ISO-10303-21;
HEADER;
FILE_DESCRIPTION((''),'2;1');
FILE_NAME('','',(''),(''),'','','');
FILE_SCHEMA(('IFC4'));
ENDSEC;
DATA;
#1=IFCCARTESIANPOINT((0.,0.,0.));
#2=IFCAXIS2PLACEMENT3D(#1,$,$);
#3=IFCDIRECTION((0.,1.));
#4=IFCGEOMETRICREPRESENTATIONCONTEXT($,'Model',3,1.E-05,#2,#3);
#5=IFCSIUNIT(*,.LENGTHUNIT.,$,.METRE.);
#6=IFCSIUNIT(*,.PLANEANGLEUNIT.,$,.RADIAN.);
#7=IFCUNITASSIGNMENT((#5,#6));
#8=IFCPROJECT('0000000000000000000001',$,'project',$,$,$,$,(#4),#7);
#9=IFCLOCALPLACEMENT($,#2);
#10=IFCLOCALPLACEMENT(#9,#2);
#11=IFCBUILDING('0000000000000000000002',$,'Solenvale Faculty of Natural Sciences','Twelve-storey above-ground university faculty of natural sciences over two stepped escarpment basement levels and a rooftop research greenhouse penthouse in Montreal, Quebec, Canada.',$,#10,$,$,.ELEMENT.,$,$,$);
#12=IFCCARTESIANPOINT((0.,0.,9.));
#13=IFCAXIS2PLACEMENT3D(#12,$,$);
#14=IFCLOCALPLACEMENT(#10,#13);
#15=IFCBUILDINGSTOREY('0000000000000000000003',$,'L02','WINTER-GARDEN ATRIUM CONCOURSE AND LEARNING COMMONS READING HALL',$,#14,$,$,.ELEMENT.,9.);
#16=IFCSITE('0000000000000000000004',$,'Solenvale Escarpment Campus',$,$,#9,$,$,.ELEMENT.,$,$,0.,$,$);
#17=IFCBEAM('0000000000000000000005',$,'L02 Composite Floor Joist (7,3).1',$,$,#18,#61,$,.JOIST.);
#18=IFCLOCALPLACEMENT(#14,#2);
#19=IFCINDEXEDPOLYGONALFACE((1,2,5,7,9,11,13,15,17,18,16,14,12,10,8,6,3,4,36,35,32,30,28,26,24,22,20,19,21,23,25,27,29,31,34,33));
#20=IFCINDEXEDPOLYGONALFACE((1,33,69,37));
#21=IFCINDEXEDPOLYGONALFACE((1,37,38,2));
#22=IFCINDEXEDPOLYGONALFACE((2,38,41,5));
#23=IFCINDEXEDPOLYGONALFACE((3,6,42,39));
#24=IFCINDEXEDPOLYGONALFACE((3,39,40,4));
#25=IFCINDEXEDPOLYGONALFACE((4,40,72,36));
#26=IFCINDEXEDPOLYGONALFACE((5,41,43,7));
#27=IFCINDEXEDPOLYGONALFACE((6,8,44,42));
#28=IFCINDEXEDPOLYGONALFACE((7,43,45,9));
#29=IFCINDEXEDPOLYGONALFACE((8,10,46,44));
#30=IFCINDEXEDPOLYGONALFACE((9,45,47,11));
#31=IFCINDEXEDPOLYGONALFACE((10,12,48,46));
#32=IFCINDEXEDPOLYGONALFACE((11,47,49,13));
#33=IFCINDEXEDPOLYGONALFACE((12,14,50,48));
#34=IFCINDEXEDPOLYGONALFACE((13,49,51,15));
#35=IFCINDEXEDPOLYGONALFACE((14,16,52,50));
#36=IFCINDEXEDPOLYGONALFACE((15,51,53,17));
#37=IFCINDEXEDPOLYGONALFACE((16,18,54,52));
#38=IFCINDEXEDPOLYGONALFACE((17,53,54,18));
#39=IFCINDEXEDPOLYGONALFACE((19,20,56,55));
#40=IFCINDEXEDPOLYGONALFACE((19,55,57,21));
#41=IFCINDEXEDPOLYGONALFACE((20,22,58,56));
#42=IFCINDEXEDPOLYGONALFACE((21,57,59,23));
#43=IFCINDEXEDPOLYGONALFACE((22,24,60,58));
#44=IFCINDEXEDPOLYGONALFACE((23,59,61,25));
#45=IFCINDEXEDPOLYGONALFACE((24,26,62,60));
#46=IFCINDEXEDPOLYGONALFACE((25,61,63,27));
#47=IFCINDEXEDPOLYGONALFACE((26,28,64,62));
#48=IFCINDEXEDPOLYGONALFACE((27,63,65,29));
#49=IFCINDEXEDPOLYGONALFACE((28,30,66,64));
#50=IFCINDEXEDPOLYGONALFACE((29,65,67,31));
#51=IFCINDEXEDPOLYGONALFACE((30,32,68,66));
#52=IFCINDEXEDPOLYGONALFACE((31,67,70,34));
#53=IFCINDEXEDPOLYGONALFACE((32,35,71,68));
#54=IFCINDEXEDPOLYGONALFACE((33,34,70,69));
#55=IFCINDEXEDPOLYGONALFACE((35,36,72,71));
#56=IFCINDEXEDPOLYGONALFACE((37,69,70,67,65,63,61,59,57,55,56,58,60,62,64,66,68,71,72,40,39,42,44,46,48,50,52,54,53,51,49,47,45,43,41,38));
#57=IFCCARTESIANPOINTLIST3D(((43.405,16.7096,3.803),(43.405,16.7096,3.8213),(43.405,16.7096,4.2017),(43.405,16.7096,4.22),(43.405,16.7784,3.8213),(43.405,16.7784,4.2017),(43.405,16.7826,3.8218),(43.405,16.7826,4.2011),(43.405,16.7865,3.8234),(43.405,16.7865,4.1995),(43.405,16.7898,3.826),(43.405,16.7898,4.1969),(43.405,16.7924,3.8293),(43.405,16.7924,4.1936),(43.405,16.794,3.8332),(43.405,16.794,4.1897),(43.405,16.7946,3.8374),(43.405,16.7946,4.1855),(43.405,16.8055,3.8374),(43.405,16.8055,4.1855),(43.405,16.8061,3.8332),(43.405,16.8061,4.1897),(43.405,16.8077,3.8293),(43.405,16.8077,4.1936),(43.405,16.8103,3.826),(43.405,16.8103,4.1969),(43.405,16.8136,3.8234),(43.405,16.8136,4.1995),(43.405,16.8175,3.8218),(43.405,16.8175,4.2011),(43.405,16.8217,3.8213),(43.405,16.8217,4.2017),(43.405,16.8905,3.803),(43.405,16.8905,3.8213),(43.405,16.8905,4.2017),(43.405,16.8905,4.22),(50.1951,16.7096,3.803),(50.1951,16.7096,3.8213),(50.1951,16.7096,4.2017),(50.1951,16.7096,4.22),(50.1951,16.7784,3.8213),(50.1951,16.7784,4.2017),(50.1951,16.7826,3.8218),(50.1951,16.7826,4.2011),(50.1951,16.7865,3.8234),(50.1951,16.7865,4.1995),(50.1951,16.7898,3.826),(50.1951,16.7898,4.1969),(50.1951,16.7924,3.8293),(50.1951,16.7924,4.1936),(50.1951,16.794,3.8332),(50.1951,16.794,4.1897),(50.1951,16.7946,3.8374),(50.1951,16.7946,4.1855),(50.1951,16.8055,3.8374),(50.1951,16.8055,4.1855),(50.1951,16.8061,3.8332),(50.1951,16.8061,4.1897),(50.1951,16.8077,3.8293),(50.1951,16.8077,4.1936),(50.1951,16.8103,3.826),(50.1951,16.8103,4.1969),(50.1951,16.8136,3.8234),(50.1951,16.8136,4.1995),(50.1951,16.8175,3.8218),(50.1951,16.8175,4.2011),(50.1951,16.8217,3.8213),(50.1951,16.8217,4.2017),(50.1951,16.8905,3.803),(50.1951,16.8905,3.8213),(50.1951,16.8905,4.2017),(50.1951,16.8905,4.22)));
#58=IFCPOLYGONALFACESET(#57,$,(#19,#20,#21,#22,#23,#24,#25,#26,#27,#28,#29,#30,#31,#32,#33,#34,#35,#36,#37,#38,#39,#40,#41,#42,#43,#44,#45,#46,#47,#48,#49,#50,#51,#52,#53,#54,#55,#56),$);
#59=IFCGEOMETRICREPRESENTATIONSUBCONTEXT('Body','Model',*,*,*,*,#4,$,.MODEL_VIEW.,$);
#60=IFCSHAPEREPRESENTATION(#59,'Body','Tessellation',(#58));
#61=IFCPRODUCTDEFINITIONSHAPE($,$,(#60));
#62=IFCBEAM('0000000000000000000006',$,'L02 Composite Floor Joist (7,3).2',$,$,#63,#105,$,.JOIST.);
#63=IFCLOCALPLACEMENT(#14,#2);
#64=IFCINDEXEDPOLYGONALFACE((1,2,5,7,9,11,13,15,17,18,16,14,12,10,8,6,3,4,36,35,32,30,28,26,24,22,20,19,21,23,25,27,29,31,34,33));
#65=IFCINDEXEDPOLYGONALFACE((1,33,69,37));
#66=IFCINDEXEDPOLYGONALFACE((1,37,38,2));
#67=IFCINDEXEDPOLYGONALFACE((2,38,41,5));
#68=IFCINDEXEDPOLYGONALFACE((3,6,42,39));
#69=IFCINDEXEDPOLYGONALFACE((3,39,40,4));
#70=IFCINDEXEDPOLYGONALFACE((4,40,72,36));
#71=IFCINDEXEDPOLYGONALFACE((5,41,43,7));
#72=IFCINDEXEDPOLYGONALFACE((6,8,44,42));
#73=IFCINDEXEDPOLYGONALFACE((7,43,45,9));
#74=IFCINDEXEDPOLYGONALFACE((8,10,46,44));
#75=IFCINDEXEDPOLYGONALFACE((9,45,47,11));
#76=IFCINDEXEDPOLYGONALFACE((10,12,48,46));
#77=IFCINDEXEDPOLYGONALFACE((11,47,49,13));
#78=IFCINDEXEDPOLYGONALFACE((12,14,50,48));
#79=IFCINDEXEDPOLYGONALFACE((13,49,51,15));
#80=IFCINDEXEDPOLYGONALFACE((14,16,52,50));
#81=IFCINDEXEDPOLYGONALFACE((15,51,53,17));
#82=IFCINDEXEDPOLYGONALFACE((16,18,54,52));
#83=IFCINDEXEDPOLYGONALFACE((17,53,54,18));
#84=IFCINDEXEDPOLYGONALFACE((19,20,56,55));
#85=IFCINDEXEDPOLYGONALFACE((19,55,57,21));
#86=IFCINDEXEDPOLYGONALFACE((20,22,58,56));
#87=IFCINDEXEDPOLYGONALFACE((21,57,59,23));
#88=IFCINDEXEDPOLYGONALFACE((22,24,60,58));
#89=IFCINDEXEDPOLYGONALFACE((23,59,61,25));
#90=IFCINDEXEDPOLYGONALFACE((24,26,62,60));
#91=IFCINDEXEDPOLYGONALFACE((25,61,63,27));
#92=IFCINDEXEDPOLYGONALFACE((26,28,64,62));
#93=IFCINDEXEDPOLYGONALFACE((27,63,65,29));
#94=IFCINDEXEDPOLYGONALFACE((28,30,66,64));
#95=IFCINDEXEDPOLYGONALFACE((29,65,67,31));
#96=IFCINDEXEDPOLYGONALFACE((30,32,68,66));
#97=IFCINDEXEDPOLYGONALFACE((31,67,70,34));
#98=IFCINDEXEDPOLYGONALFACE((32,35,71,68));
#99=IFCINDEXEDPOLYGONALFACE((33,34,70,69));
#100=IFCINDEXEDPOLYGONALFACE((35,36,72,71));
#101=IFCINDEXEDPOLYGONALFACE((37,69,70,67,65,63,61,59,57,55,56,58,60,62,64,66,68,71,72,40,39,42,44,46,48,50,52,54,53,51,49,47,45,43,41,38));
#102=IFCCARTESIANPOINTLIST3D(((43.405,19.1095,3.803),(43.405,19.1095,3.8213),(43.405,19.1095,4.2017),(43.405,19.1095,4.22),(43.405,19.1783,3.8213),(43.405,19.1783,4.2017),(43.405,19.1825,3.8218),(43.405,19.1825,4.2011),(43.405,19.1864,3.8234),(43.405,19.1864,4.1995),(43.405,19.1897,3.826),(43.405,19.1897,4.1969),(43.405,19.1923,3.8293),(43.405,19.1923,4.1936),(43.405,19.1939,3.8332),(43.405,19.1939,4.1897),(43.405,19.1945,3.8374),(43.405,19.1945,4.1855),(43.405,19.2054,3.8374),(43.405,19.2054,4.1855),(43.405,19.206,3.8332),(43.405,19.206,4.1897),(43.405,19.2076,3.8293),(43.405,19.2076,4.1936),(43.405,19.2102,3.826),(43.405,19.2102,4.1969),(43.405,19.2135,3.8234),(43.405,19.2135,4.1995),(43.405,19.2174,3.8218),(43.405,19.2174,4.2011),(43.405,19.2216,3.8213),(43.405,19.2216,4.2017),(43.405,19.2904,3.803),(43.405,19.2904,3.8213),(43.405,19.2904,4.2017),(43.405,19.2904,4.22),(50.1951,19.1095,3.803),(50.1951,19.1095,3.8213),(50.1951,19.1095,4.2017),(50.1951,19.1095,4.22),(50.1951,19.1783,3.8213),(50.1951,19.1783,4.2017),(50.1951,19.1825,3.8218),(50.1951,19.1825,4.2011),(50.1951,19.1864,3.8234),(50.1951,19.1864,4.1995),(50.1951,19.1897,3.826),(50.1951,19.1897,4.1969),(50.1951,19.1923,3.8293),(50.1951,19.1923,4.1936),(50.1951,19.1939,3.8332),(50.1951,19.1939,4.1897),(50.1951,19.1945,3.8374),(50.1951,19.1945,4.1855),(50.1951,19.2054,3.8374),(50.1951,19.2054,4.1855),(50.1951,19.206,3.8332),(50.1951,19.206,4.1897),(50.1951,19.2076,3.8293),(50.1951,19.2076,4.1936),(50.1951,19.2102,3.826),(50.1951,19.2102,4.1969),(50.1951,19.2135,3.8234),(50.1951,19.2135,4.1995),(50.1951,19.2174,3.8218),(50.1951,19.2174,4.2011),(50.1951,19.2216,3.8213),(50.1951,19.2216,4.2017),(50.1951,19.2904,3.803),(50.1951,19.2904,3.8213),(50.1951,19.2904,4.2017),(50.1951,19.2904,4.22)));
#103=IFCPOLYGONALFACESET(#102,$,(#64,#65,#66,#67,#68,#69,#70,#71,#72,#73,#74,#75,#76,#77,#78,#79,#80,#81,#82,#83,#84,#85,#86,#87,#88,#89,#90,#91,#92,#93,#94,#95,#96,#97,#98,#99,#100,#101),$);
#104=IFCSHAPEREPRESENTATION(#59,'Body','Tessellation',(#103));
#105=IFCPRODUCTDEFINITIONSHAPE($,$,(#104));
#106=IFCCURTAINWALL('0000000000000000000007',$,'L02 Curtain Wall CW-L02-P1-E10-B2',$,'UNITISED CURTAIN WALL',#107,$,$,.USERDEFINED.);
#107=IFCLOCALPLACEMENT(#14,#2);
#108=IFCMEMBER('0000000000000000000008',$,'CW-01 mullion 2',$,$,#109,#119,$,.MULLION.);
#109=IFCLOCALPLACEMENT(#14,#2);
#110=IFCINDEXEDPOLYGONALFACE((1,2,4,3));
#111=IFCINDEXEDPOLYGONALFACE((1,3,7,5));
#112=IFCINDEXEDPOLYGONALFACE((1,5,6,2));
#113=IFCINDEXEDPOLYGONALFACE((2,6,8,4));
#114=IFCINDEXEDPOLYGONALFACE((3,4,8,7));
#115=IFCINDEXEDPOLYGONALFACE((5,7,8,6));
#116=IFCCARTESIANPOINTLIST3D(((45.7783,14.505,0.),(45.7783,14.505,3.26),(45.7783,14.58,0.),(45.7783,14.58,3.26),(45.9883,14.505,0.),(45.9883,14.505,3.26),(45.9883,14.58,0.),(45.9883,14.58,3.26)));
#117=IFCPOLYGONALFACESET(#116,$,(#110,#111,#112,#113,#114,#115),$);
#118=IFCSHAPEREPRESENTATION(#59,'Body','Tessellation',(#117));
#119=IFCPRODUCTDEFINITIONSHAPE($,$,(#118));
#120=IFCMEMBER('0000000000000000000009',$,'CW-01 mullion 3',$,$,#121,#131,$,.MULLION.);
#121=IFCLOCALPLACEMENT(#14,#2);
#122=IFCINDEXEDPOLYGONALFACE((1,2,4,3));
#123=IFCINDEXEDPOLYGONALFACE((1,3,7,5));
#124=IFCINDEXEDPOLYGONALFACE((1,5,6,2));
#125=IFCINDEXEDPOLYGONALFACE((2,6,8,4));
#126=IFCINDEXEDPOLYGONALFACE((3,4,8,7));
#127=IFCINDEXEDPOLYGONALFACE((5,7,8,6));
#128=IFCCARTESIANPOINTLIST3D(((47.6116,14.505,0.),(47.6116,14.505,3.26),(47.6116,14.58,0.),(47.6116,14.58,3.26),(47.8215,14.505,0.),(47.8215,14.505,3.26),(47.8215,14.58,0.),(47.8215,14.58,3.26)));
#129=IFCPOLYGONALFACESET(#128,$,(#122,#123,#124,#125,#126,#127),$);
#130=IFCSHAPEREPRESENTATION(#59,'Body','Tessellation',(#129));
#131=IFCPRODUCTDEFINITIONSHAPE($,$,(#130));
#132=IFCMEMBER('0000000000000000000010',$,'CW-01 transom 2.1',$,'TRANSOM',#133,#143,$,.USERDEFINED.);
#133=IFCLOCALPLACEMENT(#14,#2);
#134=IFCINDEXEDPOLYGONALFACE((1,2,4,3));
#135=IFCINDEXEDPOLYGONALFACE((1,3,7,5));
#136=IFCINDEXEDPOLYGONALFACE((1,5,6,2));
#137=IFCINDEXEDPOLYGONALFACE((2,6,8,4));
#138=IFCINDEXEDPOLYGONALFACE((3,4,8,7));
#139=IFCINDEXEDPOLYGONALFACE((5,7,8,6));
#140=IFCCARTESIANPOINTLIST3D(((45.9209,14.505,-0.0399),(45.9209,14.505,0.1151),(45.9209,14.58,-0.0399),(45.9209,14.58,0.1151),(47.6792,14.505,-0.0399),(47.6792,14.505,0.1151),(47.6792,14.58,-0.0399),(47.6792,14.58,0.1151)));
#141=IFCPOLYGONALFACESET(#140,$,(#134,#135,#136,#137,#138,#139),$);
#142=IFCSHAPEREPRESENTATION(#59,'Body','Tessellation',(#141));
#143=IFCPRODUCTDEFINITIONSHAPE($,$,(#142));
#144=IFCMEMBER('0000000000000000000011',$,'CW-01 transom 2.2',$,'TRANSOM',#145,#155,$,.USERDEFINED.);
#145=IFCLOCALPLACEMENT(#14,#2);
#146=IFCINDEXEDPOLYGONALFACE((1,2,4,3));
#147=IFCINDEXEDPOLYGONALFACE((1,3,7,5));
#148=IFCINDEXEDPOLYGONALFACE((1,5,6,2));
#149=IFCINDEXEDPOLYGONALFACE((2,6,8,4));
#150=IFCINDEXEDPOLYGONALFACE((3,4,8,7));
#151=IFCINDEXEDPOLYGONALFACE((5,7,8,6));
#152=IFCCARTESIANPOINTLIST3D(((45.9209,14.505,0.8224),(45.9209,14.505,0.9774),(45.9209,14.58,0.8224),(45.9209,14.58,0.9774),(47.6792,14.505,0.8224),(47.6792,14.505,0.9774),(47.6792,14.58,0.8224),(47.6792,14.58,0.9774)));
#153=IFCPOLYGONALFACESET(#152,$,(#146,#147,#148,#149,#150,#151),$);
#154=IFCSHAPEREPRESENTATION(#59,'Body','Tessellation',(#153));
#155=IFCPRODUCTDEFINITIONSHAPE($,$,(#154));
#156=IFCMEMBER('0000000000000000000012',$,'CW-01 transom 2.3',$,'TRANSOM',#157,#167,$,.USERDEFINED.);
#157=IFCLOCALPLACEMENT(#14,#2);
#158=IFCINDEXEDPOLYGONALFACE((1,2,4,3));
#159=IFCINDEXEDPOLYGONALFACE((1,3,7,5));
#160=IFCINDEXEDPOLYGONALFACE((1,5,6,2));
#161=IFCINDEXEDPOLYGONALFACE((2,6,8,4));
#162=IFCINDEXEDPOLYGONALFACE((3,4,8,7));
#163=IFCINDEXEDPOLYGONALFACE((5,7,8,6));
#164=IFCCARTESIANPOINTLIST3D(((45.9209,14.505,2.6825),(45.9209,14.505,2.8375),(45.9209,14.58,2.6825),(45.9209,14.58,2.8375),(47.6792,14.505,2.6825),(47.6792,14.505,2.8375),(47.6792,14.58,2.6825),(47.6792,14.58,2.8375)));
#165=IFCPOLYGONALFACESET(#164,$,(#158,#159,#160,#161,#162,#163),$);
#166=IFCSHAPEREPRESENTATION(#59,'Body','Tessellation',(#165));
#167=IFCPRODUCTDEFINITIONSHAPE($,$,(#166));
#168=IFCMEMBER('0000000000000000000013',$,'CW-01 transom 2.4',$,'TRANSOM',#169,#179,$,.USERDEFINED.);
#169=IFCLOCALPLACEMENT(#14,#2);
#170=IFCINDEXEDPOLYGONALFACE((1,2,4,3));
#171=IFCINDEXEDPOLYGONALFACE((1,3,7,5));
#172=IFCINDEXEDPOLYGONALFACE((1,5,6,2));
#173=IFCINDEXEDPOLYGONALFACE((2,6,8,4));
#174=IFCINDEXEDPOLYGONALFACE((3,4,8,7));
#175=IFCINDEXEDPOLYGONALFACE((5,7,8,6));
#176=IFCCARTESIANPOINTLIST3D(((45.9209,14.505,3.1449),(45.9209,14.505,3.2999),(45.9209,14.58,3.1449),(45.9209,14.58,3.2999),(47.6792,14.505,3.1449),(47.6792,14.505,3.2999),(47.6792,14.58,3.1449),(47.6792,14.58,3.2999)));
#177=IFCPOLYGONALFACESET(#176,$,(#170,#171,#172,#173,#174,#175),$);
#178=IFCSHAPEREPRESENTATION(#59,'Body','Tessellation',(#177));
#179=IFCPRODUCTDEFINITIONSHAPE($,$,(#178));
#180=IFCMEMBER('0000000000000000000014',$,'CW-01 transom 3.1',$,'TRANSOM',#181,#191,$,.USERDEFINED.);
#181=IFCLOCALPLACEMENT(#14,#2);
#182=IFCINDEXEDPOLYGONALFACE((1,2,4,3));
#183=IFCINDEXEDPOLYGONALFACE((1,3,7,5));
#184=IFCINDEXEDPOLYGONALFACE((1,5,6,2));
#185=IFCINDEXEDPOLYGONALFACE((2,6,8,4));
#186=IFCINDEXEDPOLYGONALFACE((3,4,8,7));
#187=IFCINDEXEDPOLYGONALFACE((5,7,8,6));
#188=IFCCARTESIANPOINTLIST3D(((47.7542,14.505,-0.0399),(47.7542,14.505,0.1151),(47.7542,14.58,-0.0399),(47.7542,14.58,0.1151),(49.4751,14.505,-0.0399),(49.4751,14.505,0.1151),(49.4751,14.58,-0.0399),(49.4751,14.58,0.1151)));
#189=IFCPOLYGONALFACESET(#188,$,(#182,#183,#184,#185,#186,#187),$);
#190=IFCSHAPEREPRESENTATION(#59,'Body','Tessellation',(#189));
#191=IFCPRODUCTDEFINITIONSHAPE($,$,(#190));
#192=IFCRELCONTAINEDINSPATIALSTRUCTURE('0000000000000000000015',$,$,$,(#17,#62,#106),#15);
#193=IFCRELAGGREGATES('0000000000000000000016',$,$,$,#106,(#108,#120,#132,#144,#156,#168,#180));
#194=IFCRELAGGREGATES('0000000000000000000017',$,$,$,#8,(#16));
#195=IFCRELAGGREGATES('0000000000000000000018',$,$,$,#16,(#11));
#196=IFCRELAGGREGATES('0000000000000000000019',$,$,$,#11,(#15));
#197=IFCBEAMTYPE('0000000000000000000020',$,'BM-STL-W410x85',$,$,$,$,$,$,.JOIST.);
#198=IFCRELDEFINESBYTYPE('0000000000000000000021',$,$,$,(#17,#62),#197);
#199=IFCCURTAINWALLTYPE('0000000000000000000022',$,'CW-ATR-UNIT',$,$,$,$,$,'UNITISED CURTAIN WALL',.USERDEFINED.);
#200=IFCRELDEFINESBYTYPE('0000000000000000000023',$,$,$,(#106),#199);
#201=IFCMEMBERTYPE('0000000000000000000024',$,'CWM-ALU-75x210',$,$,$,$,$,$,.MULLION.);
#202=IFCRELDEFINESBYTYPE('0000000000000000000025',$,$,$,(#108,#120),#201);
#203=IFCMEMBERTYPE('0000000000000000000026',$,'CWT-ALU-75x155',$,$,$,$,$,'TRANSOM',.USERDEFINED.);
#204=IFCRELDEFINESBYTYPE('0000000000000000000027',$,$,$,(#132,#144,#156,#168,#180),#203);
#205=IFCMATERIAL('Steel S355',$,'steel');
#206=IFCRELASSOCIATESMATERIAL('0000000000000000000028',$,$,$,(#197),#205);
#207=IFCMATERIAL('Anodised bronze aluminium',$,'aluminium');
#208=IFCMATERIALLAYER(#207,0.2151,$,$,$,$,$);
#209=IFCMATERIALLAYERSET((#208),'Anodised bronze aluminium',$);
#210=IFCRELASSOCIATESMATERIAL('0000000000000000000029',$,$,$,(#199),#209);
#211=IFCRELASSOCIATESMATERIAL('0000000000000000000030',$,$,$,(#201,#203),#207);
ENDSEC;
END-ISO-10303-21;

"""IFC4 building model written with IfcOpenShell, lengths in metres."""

from ifc_helpers import new_model, si_unit, direction, frame, origin, origin_2d, place, context, subcontext, project, spatial, rectangle, i_section, extrude, material, layer, layer_set, material_profile, profile_set, type_object, element, aggregate, save


model = new_model("IFC4")

# Units and contexts
model_context = context("Model", 3, precision=1e-05, world=origin(), true_north=direction((0.0, 1.0)))
body_context = subcontext(model_context, "Body", "Model", "MODEL_VIEW")
ifc_project = project(units=[si_unit("LENGTHUNIT", "METRE"), si_unit("PLANEANGLEUNIT", "RADIAN")], contexts=[model_context])

# Site, building, storey
site_placement = place(None, origin())
site = spatial("IfcSite", under=ifc_project, at=site_placement, Name="Solenvale Escarpment Campus", CompositionType="ELEMENT", RefElevation=0.0)
building_placement = place(site_placement, origin())
building = spatial("IfcBuilding", under=site, at=building_placement, Name="Solenvale Faculty of Natural Sciences", Description="Twelve-storey above-ground university faculty of natural sciences over two stepped escarpment basement levels and a rooftop research greenhouse penthouse in Montreal, Quebec, Canada.", CompositionType="ELEMENT")
storey_placement = place(building_placement, frame((0.0, 0.0, 9.0)))
storey = spatial("IfcBuildingStorey", under=building, at=storey_placement, Name="L02", Description="WINTER-GARDEN ATRIUM CONCOURSE AND LEARNING COMMONS READING HALL", CompositionType="ELEMENT", Elevation=9.0)

# Beams
ifc_material_1 = material(Name="Steel S355", Category="steel")
ifc_material_profile_1 = material_profile(ifc_material_1, i_section(OverallWidth=0.1809, OverallDepth=0.417, WebThickness=0.011, FlangeThickness=0.0183, FilletRadius=0.0161, at=origin_2d()), Name="W410x85")
ifc_profile_set_1 = profile_set([ifc_material_profile_1], Name="Steel S355")
beam_type_1 = type_object("IfcBeamType", Name="BM-STL-W410x85", PredefinedType="JOIST", material=ifc_profile_set_1)
for number, where, z_axis, x_axis, name in (
    (1, (43.405, 16.8, 4.0115), (1.0, 0.0, 0.0), (0.0, 1.0, 0.0), "L02 Composite Floor Joist (7,3).1"),
    (2, (43.405, 19.2, 4.0115), (1.0, 0.0, 0.0), (0.0, 1.0, 0.0), "L02 Composite Floor Joist (7,3).2"),
):
    element("IfcBeam", number, at=place(storey_placement, frame(where, z_axis=z_axis, x_axis=x_axis)), inside=storey, type_object=beam_type_1, Name=name, PredefinedType="JOIST", context=body_context, shape_type="SweptSolid", body=[
        extrude(i_section(OverallWidth=0.1809, OverallDepth=0.417, WebThickness=0.011, FlangeThickness=0.0183, FilletRadius=0.0161, at=origin_2d()), origin(), (0.0, 0.0, 1.0), 6.79),
    ])

# Curtain wall, members
ifc_material_2 = material(Name="Anodised bronze aluminium", Category="aluminium")
ifc_layer_1 = layer(ifc_material_2, 0.2151)
ifc_layer_set_1 = layer_set([ifc_layer_1], Name="Anodised bronze aluminium")
curtain_wall_type = type_object("IfcCurtainWallType", Name="CW-ATR-UNIT", ElementType="UNITISED CURTAIN WALL", PredefinedType="USERDEFINED", material=ifc_layer_set_1)
curtain_wall_placement = place(storey_placement, origin())
curtain_wall = element("IfcCurtainWall", 3, at=curtain_wall_placement, inside=storey, type_object=curtain_wall_type, Name="L02 Curtain Wall CW-L02-P1-E10-B2", ObjectType="UNITISED CURTAIN WALL", PredefinedType="USERDEFINED")
ifc_material_profile_2 = material_profile(ifc_material_2, rectangle(XDim=0.075, YDim=0.21, at=origin_2d()), Name="ALU-MUL-75x210")
ifc_profile_set_2 = profile_set([ifc_material_profile_2], Name="Anodised bronze aluminium")
member_type_1 = type_object("IfcMemberType", Name="CWM-ALU-75x210", PredefinedType="MULLION", material=ifc_profile_set_2)
member_1_placement = place(storey_placement, frame((45.8833, 14.5425, 0.0), z_axis=(0.0, 0.0, 1.0), x_axis=(0.0, 1.0, 0.0)))
member_1 = element("IfcMember", 4, at=member_1_placement, type_object=member_type_1, Name="CW-01 mullion 2", PredefinedType="MULLION", context=body_context, shape_type="SweptSolid", body=[
    extrude(rectangle(XDim=0.075, YDim=0.21, at=origin_2d()), origin(), (0.0, 0.0, 1.0), 3.26),
])
member_2_placement = place(storey_placement, frame((47.7166, 14.5425, 0.0), z_axis=(0.0, 0.0, 1.0), x_axis=(0.0, 1.0, 0.0)))
member_2 = element("IfcMember", 5, at=member_2_placement, type_object=member_type_1, Name="CW-01 mullion 3", PredefinedType="MULLION", context=body_context, shape_type="SweptSolid", body=[
    extrude(rectangle(XDim=0.075, YDim=0.21, at=origin_2d()), origin(), (0.0, 0.0, 1.0), 3.26),
])
ifc_material_profile_3 = material_profile(ifc_material_2, rectangle(XDim=0.075, YDim=0.155, at=origin_2d()), Name="ALU-TRN-75x155")
ifc_profile_set_3 = profile_set([ifc_material_profile_3], Name="Anodised bronze aluminium")
member_type_2 = type_object("IfcMemberType", Name="CWT-ALU-75x155", ElementType="TRANSOM", PredefinedType="USERDEFINED", material=ifc_profile_set_3)
member_3_placement = place(storey_placement, frame((45.9209, 14.5425, 0.0376), z_axis=(1.0, 0.0, 0.0), x_axis=(0.0, 1.0, 0.0)))
member_3 = element("IfcMember", 6, at=member_3_placement, type_object=member_type_2, Name="CW-01 transom 2.1", ObjectType="TRANSOM", PredefinedType="USERDEFINED", context=body_context, shape_type="SweptSolid", body=[
    extrude(rectangle(XDim=0.075, YDim=0.155, at=origin_2d()), origin(), (0.0, 0.0, 1.0), 1.7583),
])
member_4_placement = place(storey_placement, frame((45.9209, 14.5425, 0.8999), z_axis=(1.0, 0.0, 0.0), x_axis=(0.0, 1.0, 0.0)))
member_4 = element("IfcMember", 7, at=member_4_placement, type_object=member_type_2, Name="CW-01 transom 2.2", ObjectType="TRANSOM", PredefinedType="USERDEFINED", context=body_context, shape_type="SweptSolid", body=[
    extrude(rectangle(XDim=0.075, YDim=0.155, at=origin_2d()), origin(), (0.0, 0.0, 1.0), 1.7583),
])
member_5_placement = place(storey_placement, frame((45.9209, 14.5425, 2.76), z_axis=(1.0, 0.0, 0.0), x_axis=(0.0, 1.0, 0.0)))
member_5 = element("IfcMember", 8, at=member_5_placement, type_object=member_type_2, Name="CW-01 transom 2.3", ObjectType="TRANSOM", PredefinedType="USERDEFINED", context=body_context, shape_type="SweptSolid", body=[
    extrude(rectangle(XDim=0.075, YDim=0.155, at=origin_2d()), origin(), (0.0, 0.0, 1.0), 1.7583),
])
member_6_placement = place(storey_placement, frame((45.9209, 14.5425, 3.2224), z_axis=(1.0, 0.0, 0.0), x_axis=(0.0, 1.0, 0.0)))
member_6 = element("IfcMember", 9, at=member_6_placement, type_object=member_type_2, Name="CW-01 transom 2.4", ObjectType="TRANSOM", PredefinedType="USERDEFINED", context=body_context, shape_type="SweptSolid", body=[
    extrude(rectangle(XDim=0.075, YDim=0.155, at=origin_2d()), origin(), (0.0, 0.0, 1.0), 1.7583),
])
member_7_placement = place(storey_placement, frame((47.7542, 14.5425, 0.0376), z_axis=(1.0, 0.0, 0.0), x_axis=(0.0, 1.0, 0.0)))
member_7 = element("IfcMember", 10, at=member_7_placement, type_object=member_type_2, Name="CW-01 transom 3.1", ObjectType="TRANSOM", PredefinedType="USERDEFINED", context=body_context, shape_type="SweptSolid", body=[
    extrude(rectangle(XDim=0.075, YDim=0.155, at=origin_2d()), origin(), (0.0, 0.0, 1.0), 1.7209),
])
aggregate(curtain_wall, [member_1, member_2, member_3, member_4, member_5, member_6, member_7])

save(model, "model.ifc")
